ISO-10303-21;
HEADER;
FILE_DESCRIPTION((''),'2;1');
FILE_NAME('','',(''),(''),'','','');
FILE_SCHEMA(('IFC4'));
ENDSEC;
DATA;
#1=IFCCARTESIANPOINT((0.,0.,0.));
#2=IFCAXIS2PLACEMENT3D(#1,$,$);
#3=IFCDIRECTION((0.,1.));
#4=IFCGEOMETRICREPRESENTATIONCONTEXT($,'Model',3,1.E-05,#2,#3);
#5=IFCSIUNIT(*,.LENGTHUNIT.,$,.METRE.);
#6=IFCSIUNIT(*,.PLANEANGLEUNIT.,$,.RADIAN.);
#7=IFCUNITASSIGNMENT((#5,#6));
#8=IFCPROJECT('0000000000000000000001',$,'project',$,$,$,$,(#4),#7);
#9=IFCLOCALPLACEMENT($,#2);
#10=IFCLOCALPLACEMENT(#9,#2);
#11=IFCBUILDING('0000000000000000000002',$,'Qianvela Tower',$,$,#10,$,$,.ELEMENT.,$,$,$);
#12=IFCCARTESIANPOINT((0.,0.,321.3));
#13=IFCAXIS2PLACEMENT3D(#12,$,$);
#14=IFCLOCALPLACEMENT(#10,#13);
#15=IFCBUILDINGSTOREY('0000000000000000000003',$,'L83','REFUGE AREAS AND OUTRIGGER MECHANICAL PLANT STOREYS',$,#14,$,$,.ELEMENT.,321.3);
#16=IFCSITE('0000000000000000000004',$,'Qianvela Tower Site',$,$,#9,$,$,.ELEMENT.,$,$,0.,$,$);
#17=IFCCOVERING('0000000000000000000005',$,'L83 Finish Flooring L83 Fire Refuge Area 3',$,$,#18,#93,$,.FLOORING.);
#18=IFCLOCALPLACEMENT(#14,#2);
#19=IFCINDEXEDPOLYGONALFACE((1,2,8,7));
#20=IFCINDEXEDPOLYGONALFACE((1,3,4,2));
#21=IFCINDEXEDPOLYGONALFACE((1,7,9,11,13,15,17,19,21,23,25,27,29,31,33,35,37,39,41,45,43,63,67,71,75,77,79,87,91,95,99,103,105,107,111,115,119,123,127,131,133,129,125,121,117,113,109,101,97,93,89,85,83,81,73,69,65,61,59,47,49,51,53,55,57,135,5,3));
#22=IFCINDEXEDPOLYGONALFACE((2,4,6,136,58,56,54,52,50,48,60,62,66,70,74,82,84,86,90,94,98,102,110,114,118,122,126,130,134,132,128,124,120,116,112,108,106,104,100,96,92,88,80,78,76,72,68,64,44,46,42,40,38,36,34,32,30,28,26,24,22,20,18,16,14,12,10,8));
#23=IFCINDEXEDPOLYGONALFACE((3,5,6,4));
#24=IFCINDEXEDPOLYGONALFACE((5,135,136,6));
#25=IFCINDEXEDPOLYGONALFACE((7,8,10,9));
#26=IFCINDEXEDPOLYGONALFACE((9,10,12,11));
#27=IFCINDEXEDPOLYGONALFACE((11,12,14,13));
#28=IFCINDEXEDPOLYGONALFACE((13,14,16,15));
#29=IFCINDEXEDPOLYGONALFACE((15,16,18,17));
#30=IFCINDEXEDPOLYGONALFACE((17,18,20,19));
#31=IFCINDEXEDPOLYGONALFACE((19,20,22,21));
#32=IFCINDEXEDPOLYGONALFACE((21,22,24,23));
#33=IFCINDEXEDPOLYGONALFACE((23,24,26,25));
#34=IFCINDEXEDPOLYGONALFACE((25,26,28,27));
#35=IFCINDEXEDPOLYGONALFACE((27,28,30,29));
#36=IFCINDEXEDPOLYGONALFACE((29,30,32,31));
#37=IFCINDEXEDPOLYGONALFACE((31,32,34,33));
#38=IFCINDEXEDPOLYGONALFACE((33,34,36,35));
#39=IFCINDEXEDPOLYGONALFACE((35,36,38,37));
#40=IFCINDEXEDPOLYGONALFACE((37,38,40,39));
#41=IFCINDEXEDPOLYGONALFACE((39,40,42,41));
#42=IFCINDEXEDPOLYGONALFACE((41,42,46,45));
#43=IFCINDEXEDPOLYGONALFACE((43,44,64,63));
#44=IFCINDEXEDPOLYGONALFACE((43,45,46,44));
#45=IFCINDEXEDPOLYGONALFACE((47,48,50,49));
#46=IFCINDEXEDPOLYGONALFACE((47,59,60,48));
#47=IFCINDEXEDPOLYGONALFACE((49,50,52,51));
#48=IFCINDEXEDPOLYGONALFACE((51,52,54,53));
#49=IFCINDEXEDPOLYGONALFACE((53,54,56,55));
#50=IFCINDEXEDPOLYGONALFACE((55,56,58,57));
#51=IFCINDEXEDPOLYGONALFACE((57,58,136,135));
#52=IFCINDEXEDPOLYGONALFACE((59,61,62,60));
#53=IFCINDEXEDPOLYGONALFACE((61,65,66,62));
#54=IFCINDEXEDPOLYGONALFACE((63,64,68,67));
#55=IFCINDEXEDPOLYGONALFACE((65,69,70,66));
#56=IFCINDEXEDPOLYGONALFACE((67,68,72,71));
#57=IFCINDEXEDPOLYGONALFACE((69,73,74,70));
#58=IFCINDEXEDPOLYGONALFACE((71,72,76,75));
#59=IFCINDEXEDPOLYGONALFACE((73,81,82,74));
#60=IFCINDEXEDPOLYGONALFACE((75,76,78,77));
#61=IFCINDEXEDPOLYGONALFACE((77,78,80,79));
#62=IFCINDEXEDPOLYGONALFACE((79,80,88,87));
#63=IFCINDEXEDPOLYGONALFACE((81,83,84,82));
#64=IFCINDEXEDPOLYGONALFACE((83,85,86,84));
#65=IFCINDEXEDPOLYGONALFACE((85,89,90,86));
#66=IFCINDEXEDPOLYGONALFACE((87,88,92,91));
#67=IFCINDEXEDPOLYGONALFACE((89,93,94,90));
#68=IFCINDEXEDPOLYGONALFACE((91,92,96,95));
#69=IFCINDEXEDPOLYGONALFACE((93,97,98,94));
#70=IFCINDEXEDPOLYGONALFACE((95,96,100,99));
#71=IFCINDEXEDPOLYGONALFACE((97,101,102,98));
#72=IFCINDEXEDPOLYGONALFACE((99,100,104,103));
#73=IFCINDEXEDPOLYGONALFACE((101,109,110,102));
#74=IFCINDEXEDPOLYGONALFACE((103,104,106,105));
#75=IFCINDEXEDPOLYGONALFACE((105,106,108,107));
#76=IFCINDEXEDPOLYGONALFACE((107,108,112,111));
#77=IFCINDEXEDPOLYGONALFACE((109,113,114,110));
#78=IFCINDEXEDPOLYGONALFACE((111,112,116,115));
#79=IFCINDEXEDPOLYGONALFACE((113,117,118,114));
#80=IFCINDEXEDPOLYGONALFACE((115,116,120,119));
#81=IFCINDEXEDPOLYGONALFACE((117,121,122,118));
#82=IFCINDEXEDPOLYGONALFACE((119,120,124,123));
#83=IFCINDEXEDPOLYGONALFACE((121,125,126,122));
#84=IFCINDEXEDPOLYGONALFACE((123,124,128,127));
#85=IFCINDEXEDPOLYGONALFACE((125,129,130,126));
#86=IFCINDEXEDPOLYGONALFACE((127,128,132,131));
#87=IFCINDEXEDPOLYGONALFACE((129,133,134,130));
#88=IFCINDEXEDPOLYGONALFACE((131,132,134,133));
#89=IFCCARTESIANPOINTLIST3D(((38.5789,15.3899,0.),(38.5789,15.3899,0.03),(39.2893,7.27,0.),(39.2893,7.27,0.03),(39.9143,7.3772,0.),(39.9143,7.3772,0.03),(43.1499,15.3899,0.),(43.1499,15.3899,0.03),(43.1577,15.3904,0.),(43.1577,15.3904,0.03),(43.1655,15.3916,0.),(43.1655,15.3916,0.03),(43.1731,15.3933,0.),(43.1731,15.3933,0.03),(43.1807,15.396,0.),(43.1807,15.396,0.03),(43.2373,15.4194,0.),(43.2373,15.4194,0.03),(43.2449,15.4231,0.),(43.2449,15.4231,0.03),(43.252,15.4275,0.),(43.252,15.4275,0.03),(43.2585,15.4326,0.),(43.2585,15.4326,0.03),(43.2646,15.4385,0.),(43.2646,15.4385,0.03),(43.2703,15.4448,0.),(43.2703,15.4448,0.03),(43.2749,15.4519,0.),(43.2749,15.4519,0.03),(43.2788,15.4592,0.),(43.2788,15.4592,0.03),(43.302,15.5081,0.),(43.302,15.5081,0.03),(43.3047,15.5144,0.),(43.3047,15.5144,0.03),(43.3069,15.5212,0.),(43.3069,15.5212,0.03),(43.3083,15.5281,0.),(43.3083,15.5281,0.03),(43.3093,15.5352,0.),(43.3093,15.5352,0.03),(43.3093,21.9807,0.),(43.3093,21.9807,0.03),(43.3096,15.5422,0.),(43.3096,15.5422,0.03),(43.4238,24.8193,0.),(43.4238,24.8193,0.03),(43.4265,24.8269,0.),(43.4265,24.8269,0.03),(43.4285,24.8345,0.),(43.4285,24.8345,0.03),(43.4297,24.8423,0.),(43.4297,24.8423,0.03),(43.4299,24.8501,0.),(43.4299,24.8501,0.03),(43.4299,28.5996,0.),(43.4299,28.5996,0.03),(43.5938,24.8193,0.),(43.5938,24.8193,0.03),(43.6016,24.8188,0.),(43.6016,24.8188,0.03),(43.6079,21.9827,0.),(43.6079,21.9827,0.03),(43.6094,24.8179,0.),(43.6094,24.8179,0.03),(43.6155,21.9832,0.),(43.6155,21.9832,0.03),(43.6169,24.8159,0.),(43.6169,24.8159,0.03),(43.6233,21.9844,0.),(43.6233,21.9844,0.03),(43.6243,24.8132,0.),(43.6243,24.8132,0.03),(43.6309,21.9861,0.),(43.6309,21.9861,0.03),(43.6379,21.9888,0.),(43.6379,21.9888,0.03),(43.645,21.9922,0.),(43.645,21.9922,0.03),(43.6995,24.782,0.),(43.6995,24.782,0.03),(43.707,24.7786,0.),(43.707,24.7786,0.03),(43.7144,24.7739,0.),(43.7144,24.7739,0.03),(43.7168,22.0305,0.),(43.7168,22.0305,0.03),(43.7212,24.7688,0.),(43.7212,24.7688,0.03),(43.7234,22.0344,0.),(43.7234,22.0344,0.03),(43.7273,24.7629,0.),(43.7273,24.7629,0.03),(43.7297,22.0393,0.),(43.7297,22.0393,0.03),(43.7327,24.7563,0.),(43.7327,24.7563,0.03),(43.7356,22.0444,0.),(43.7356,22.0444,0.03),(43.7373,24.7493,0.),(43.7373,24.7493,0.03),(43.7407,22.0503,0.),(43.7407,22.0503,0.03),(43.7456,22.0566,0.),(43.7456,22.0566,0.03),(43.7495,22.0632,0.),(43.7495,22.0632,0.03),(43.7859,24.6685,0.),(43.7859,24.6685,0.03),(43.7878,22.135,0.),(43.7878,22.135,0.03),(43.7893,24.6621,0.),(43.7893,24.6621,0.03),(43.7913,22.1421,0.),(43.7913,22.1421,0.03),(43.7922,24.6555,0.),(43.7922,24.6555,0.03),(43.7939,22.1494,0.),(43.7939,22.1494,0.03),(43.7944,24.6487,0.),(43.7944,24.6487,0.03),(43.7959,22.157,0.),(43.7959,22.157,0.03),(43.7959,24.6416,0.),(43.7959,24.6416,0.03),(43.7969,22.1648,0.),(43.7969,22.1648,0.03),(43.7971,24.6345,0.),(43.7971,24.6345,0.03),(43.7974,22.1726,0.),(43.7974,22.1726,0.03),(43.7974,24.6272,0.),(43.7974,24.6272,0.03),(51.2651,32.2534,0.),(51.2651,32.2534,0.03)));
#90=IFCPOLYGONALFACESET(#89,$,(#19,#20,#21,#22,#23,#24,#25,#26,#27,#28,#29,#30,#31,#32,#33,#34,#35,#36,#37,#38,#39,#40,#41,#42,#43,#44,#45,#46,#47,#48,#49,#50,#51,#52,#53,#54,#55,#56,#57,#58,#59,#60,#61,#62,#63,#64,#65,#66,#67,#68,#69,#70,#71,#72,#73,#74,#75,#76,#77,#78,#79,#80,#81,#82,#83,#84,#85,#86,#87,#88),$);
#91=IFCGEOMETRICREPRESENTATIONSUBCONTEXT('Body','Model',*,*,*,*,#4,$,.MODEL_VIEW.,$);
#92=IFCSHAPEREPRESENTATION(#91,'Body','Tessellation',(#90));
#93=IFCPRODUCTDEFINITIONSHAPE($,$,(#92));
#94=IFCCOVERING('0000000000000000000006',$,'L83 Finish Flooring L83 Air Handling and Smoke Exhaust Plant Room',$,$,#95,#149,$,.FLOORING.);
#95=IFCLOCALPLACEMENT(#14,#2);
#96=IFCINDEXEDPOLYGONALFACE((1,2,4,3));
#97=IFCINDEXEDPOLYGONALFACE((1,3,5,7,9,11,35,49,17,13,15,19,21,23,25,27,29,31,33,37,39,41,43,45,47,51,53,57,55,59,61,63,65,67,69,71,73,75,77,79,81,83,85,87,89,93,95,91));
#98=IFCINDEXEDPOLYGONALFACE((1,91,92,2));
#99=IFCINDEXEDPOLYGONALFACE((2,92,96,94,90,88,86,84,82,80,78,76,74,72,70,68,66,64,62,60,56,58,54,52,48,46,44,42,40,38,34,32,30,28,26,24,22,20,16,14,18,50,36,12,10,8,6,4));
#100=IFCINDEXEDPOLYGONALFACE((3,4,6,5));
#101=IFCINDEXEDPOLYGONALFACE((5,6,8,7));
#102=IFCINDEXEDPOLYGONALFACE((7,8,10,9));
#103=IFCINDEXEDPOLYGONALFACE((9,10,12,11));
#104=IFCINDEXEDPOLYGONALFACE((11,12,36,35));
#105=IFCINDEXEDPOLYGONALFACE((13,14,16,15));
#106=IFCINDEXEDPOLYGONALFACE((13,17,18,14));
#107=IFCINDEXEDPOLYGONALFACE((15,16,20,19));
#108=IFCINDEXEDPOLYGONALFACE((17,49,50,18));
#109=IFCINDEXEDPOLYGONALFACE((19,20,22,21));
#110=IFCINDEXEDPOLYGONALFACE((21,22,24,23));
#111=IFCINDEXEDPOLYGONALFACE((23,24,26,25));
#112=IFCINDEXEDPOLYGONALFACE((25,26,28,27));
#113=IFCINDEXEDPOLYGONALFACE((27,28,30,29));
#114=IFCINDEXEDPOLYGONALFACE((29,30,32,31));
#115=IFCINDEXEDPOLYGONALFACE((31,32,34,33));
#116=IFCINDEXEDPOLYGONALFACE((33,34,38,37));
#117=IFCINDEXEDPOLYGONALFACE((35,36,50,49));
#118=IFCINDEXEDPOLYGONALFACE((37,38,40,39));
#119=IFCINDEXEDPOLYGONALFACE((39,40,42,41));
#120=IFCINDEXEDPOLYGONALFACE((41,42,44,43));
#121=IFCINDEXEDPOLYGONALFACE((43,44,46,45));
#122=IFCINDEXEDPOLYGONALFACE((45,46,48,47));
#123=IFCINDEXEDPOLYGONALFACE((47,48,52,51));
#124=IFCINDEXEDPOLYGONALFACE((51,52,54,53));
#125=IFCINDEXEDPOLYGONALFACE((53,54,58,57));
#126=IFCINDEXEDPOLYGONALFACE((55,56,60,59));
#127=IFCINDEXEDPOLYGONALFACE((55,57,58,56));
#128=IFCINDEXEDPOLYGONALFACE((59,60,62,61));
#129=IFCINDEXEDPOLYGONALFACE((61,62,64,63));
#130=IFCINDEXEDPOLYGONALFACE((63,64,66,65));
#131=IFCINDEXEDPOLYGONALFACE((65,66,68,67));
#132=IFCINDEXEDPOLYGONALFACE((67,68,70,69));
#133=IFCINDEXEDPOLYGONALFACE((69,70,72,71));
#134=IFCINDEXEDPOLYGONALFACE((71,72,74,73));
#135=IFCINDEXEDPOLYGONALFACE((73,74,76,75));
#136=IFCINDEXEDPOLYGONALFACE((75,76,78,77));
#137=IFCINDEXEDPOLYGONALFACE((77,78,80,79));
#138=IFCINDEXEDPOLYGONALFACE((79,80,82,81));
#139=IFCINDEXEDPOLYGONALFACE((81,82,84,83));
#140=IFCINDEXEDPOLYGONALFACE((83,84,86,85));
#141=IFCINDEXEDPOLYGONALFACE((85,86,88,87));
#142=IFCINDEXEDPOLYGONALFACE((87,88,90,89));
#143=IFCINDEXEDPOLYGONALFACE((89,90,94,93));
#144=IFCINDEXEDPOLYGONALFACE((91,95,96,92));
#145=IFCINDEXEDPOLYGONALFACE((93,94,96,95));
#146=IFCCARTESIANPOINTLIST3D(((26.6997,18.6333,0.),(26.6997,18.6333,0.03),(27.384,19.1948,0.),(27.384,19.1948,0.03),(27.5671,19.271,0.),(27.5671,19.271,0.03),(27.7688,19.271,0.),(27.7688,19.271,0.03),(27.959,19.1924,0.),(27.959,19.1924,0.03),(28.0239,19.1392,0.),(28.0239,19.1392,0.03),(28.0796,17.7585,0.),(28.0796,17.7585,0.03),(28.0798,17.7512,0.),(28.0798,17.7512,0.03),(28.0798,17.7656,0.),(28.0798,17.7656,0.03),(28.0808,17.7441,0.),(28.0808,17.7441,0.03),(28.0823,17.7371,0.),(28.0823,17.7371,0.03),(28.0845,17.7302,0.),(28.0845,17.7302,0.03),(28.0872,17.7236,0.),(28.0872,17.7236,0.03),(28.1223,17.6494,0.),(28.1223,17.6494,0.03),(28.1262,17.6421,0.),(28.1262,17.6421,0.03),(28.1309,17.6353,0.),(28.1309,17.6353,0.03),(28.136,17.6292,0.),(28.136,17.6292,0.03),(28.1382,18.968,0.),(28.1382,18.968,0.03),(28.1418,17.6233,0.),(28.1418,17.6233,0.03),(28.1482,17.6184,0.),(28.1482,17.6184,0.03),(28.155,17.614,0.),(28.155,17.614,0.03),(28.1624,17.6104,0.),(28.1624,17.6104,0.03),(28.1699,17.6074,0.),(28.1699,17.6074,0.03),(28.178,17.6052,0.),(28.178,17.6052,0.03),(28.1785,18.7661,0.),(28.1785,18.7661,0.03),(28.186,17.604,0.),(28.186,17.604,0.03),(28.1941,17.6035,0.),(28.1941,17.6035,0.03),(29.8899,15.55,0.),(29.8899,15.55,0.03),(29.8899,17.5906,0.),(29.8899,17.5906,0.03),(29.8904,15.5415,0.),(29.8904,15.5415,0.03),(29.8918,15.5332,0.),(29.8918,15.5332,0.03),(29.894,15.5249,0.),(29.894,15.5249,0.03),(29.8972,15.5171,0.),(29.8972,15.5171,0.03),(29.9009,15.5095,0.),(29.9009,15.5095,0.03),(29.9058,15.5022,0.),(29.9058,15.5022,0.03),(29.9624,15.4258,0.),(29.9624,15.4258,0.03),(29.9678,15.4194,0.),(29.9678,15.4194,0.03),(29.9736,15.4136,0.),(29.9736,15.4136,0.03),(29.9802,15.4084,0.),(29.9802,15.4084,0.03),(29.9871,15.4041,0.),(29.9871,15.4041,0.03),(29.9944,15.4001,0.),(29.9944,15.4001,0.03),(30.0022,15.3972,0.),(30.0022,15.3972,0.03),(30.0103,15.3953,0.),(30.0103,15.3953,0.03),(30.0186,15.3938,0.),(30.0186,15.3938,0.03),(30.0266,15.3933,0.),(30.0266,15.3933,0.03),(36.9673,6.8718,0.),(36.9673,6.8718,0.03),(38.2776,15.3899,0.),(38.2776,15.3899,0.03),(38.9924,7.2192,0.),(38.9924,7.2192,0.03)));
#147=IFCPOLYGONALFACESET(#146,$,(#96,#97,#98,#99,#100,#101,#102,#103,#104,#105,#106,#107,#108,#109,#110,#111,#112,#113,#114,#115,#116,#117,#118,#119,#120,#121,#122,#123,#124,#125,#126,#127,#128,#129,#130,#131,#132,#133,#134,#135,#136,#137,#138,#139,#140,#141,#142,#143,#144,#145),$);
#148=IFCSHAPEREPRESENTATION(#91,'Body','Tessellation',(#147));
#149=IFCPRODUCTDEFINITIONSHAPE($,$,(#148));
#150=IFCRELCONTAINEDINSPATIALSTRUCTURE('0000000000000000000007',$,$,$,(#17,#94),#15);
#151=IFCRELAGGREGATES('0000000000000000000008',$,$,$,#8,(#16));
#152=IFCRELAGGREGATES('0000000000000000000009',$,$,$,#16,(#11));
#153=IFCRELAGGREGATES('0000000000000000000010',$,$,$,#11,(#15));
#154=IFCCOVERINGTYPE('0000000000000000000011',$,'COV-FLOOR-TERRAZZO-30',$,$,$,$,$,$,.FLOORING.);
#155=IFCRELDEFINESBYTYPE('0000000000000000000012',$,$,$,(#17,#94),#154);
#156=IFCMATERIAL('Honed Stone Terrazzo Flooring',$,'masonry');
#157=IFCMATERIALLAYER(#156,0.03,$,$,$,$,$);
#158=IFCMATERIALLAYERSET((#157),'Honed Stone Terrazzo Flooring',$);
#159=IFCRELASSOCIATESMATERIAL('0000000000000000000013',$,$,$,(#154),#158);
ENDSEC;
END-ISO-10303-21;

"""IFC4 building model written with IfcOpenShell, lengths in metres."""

from ifc_helpers import new_model, si_unit, direction, frame, origin, place, context, subcontext, project, spatial, polyline, outline, extrude, material, layer, layer_set, type_object, element, save


model = new_model("IFC4")

# Units and contexts
model_context = context("Model", 3, precision=1e-05, world=origin(), true_north=direction((0.0, 1.0)))
body_context = subcontext(model_context, "Body", "Model", "MODEL_VIEW")
ifc_project = project(units=[si_unit("LENGTHUNIT", "METRE"), si_unit("PLANEANGLEUNIT", "RADIAN")], contexts=[model_context])

# Site, building, storey
site_placement = place(None, origin())
site = spatial("IfcSite", under=ifc_project, at=site_placement, Name="Qianvela Tower Site", CompositionType="ELEMENT", RefElevation=0.0)
building_placement = place(site_placement, origin())
building = spatial("IfcBuilding", under=site, at=building_placement, Name="Qianvela Tower", CompositionType="ELEMENT")
storey_placement = place(building_placement, frame((0.0, 0.0, 321.3)))
storey = spatial("IfcBuildingStorey", under=building, at=storey_placement, Name="L83", Description="REFUGE AREAS AND OUTRIGGER MECHANICAL PLANT STOREYS", CompositionType="ELEMENT", Elevation=321.3)

# Coverings
ifc_material_1 = material(Name="Honed Stone Terrazzo Flooring", Category="masonry")
ifc_layer_1 = layer(ifc_material_1, 0.03)
ifc_layer_set_1 = layer_set([ifc_layer_1], Name="Honed Stone Terrazzo Flooring")
covering_type_1 = type_object("IfcCoveringType", Name="COV-FLOOR-TERRAZZO-30", PredefinedType="FLOORING", material=ifc_layer_set_1)
covering_1_placement = place(storey_placement, origin())
element("IfcCovering", 1, at=covering_1_placement, inside=storey, type_object=covering_type_1, Name="L83 Finish Flooring L83 Fire Refuge Area 3", PredefinedType="FLOORING", context=body_context, shape_type="SweptSolid", body=[
    extrude(outline(polyline([(38.5789, 15.3899), (43.1499, 15.3899), (43.1577, 15.3904), (43.1655, 15.3916), (43.1731, 15.3933), (43.1807, 15.396), (43.2373, 15.4194), (43.2449, 15.4231), (43.252, 15.4275), (43.2585, 15.4326), (43.2646, 15.4385), (43.2703, 15.4448), (43.2749, 15.4519), (43.2788, 15.4592), (43.302, 15.5081), (43.3047, 15.5144), (43.3069, 15.5212), (43.3083, 15.5281), (43.3093, 15.5352), (43.3096, 15.5422), (43.3093, 21.9807), (43.6079, 21.9827), (43.6155, 21.9832), (43.6233, 21.9844), (43.6309, 21.9861), (43.6379, 21.9888), (43.645, 21.9922), (43.7168, 22.0305), (43.7234, 22.0344), (43.7297, 22.0393), (43.7356, 22.0444), (43.7407, 22.0503), (43.7456, 22.0566), (43.7495, 22.0632), (43.7878, 22.135), (43.7913, 22.1421), (43.7939, 22.1494), (43.7959, 22.157), (43.7969, 22.1648), (43.7974, 22.1726), (43.7974, 24.6272), (43.7971, 24.6345), (43.7959, 24.6416), (43.7944, 24.6487), (43.7922, 24.6555), (43.7893, 24.6621), (43.7859, 24.6685), (43.7373, 24.7493), (43.7327, 24.7563), (43.7273, 24.7629), (43.7212, 24.7688), (43.7144, 24.7739), (43.707, 24.7786), (43.6995, 24.782), (43.6243, 24.8132), (43.6169, 24.8159), (43.6094, 24.8179), (43.6016, 24.8188), (43.5938, 24.8193), (43.4238, 24.8193), (43.4238, 24.8193), (43.4265, 24.8269), (43.4285, 24.8345), (43.4297, 24.8423), (43.4299, 24.8501), (43.4299, 28.5996), (51.2651, 32.2534), (39.9143, 7.3772), (39.2893, 7.27), (38.5789, 15.3899)])), origin(), (0.0, 0.0, 1.0), 0.03),
])
covering_2_placement = place(storey_placement, origin())
element("IfcCovering", 2, at=covering_2_placement, inside=storey, type_object=covering_type_1, Name="L83 Finish Flooring L83 Air Handling and Smoke Exhaust Plant Room", PredefinedType="FLOORING", context=body_context, shape_type="SweptSolid", body=[
    extrude(outline(polyline([(26.6997, 18.6333), (27.384, 19.1948), (27.5671, 19.271), (27.7688, 19.271), (27.959, 19.1924), (28.0239, 19.1392), (28.1382, 18.968), (28.1785, 18.7661), (28.0798, 17.7656), (28.0796, 17.7585), (28.0798, 17.7512), (28.0808, 17.7441), (28.0823, 17.7371), (28.0845, 17.7302), (28.0872, 17.7236), (28.1223, 17.6494), (28.1262, 17.6421), (28.1309, 17.6353), (28.136, 17.6292), (28.1418, 17.6233), (28.1482, 17.6184), (28.155, 17.614), (28.1624, 17.6104), (28.1699, 17.6074), (28.178, 17.6052), (28.186, 17.604), (28.1941, 17.6035), (29.8899, 17.5906), (29.8899, 15.55), (29.8904, 15.5415), (29.8918, 15.5332), (29.894, 15.5249), (29.8972, 15.5171), (29.9009, 15.5095), (29.9058, 15.5022), (29.9624, 15.4258), (29.9678, 15.4194), (29.9736, 15.4136), (29.9802, 15.4084), (29.9871, 15.4041), (29.9944, 15.4001), (30.0022, 15.3972), (30.0103, 15.3953), (30.0186, 15.3938), (30.0266, 15.3933), (38.2776, 15.3899), (38.9924, 7.2192), (36.9673, 6.8718), (26.6997, 18.6333)])), origin(), (0.0, 0.0, 1.0), 0.03),
])

save(model, "model.ifc")
